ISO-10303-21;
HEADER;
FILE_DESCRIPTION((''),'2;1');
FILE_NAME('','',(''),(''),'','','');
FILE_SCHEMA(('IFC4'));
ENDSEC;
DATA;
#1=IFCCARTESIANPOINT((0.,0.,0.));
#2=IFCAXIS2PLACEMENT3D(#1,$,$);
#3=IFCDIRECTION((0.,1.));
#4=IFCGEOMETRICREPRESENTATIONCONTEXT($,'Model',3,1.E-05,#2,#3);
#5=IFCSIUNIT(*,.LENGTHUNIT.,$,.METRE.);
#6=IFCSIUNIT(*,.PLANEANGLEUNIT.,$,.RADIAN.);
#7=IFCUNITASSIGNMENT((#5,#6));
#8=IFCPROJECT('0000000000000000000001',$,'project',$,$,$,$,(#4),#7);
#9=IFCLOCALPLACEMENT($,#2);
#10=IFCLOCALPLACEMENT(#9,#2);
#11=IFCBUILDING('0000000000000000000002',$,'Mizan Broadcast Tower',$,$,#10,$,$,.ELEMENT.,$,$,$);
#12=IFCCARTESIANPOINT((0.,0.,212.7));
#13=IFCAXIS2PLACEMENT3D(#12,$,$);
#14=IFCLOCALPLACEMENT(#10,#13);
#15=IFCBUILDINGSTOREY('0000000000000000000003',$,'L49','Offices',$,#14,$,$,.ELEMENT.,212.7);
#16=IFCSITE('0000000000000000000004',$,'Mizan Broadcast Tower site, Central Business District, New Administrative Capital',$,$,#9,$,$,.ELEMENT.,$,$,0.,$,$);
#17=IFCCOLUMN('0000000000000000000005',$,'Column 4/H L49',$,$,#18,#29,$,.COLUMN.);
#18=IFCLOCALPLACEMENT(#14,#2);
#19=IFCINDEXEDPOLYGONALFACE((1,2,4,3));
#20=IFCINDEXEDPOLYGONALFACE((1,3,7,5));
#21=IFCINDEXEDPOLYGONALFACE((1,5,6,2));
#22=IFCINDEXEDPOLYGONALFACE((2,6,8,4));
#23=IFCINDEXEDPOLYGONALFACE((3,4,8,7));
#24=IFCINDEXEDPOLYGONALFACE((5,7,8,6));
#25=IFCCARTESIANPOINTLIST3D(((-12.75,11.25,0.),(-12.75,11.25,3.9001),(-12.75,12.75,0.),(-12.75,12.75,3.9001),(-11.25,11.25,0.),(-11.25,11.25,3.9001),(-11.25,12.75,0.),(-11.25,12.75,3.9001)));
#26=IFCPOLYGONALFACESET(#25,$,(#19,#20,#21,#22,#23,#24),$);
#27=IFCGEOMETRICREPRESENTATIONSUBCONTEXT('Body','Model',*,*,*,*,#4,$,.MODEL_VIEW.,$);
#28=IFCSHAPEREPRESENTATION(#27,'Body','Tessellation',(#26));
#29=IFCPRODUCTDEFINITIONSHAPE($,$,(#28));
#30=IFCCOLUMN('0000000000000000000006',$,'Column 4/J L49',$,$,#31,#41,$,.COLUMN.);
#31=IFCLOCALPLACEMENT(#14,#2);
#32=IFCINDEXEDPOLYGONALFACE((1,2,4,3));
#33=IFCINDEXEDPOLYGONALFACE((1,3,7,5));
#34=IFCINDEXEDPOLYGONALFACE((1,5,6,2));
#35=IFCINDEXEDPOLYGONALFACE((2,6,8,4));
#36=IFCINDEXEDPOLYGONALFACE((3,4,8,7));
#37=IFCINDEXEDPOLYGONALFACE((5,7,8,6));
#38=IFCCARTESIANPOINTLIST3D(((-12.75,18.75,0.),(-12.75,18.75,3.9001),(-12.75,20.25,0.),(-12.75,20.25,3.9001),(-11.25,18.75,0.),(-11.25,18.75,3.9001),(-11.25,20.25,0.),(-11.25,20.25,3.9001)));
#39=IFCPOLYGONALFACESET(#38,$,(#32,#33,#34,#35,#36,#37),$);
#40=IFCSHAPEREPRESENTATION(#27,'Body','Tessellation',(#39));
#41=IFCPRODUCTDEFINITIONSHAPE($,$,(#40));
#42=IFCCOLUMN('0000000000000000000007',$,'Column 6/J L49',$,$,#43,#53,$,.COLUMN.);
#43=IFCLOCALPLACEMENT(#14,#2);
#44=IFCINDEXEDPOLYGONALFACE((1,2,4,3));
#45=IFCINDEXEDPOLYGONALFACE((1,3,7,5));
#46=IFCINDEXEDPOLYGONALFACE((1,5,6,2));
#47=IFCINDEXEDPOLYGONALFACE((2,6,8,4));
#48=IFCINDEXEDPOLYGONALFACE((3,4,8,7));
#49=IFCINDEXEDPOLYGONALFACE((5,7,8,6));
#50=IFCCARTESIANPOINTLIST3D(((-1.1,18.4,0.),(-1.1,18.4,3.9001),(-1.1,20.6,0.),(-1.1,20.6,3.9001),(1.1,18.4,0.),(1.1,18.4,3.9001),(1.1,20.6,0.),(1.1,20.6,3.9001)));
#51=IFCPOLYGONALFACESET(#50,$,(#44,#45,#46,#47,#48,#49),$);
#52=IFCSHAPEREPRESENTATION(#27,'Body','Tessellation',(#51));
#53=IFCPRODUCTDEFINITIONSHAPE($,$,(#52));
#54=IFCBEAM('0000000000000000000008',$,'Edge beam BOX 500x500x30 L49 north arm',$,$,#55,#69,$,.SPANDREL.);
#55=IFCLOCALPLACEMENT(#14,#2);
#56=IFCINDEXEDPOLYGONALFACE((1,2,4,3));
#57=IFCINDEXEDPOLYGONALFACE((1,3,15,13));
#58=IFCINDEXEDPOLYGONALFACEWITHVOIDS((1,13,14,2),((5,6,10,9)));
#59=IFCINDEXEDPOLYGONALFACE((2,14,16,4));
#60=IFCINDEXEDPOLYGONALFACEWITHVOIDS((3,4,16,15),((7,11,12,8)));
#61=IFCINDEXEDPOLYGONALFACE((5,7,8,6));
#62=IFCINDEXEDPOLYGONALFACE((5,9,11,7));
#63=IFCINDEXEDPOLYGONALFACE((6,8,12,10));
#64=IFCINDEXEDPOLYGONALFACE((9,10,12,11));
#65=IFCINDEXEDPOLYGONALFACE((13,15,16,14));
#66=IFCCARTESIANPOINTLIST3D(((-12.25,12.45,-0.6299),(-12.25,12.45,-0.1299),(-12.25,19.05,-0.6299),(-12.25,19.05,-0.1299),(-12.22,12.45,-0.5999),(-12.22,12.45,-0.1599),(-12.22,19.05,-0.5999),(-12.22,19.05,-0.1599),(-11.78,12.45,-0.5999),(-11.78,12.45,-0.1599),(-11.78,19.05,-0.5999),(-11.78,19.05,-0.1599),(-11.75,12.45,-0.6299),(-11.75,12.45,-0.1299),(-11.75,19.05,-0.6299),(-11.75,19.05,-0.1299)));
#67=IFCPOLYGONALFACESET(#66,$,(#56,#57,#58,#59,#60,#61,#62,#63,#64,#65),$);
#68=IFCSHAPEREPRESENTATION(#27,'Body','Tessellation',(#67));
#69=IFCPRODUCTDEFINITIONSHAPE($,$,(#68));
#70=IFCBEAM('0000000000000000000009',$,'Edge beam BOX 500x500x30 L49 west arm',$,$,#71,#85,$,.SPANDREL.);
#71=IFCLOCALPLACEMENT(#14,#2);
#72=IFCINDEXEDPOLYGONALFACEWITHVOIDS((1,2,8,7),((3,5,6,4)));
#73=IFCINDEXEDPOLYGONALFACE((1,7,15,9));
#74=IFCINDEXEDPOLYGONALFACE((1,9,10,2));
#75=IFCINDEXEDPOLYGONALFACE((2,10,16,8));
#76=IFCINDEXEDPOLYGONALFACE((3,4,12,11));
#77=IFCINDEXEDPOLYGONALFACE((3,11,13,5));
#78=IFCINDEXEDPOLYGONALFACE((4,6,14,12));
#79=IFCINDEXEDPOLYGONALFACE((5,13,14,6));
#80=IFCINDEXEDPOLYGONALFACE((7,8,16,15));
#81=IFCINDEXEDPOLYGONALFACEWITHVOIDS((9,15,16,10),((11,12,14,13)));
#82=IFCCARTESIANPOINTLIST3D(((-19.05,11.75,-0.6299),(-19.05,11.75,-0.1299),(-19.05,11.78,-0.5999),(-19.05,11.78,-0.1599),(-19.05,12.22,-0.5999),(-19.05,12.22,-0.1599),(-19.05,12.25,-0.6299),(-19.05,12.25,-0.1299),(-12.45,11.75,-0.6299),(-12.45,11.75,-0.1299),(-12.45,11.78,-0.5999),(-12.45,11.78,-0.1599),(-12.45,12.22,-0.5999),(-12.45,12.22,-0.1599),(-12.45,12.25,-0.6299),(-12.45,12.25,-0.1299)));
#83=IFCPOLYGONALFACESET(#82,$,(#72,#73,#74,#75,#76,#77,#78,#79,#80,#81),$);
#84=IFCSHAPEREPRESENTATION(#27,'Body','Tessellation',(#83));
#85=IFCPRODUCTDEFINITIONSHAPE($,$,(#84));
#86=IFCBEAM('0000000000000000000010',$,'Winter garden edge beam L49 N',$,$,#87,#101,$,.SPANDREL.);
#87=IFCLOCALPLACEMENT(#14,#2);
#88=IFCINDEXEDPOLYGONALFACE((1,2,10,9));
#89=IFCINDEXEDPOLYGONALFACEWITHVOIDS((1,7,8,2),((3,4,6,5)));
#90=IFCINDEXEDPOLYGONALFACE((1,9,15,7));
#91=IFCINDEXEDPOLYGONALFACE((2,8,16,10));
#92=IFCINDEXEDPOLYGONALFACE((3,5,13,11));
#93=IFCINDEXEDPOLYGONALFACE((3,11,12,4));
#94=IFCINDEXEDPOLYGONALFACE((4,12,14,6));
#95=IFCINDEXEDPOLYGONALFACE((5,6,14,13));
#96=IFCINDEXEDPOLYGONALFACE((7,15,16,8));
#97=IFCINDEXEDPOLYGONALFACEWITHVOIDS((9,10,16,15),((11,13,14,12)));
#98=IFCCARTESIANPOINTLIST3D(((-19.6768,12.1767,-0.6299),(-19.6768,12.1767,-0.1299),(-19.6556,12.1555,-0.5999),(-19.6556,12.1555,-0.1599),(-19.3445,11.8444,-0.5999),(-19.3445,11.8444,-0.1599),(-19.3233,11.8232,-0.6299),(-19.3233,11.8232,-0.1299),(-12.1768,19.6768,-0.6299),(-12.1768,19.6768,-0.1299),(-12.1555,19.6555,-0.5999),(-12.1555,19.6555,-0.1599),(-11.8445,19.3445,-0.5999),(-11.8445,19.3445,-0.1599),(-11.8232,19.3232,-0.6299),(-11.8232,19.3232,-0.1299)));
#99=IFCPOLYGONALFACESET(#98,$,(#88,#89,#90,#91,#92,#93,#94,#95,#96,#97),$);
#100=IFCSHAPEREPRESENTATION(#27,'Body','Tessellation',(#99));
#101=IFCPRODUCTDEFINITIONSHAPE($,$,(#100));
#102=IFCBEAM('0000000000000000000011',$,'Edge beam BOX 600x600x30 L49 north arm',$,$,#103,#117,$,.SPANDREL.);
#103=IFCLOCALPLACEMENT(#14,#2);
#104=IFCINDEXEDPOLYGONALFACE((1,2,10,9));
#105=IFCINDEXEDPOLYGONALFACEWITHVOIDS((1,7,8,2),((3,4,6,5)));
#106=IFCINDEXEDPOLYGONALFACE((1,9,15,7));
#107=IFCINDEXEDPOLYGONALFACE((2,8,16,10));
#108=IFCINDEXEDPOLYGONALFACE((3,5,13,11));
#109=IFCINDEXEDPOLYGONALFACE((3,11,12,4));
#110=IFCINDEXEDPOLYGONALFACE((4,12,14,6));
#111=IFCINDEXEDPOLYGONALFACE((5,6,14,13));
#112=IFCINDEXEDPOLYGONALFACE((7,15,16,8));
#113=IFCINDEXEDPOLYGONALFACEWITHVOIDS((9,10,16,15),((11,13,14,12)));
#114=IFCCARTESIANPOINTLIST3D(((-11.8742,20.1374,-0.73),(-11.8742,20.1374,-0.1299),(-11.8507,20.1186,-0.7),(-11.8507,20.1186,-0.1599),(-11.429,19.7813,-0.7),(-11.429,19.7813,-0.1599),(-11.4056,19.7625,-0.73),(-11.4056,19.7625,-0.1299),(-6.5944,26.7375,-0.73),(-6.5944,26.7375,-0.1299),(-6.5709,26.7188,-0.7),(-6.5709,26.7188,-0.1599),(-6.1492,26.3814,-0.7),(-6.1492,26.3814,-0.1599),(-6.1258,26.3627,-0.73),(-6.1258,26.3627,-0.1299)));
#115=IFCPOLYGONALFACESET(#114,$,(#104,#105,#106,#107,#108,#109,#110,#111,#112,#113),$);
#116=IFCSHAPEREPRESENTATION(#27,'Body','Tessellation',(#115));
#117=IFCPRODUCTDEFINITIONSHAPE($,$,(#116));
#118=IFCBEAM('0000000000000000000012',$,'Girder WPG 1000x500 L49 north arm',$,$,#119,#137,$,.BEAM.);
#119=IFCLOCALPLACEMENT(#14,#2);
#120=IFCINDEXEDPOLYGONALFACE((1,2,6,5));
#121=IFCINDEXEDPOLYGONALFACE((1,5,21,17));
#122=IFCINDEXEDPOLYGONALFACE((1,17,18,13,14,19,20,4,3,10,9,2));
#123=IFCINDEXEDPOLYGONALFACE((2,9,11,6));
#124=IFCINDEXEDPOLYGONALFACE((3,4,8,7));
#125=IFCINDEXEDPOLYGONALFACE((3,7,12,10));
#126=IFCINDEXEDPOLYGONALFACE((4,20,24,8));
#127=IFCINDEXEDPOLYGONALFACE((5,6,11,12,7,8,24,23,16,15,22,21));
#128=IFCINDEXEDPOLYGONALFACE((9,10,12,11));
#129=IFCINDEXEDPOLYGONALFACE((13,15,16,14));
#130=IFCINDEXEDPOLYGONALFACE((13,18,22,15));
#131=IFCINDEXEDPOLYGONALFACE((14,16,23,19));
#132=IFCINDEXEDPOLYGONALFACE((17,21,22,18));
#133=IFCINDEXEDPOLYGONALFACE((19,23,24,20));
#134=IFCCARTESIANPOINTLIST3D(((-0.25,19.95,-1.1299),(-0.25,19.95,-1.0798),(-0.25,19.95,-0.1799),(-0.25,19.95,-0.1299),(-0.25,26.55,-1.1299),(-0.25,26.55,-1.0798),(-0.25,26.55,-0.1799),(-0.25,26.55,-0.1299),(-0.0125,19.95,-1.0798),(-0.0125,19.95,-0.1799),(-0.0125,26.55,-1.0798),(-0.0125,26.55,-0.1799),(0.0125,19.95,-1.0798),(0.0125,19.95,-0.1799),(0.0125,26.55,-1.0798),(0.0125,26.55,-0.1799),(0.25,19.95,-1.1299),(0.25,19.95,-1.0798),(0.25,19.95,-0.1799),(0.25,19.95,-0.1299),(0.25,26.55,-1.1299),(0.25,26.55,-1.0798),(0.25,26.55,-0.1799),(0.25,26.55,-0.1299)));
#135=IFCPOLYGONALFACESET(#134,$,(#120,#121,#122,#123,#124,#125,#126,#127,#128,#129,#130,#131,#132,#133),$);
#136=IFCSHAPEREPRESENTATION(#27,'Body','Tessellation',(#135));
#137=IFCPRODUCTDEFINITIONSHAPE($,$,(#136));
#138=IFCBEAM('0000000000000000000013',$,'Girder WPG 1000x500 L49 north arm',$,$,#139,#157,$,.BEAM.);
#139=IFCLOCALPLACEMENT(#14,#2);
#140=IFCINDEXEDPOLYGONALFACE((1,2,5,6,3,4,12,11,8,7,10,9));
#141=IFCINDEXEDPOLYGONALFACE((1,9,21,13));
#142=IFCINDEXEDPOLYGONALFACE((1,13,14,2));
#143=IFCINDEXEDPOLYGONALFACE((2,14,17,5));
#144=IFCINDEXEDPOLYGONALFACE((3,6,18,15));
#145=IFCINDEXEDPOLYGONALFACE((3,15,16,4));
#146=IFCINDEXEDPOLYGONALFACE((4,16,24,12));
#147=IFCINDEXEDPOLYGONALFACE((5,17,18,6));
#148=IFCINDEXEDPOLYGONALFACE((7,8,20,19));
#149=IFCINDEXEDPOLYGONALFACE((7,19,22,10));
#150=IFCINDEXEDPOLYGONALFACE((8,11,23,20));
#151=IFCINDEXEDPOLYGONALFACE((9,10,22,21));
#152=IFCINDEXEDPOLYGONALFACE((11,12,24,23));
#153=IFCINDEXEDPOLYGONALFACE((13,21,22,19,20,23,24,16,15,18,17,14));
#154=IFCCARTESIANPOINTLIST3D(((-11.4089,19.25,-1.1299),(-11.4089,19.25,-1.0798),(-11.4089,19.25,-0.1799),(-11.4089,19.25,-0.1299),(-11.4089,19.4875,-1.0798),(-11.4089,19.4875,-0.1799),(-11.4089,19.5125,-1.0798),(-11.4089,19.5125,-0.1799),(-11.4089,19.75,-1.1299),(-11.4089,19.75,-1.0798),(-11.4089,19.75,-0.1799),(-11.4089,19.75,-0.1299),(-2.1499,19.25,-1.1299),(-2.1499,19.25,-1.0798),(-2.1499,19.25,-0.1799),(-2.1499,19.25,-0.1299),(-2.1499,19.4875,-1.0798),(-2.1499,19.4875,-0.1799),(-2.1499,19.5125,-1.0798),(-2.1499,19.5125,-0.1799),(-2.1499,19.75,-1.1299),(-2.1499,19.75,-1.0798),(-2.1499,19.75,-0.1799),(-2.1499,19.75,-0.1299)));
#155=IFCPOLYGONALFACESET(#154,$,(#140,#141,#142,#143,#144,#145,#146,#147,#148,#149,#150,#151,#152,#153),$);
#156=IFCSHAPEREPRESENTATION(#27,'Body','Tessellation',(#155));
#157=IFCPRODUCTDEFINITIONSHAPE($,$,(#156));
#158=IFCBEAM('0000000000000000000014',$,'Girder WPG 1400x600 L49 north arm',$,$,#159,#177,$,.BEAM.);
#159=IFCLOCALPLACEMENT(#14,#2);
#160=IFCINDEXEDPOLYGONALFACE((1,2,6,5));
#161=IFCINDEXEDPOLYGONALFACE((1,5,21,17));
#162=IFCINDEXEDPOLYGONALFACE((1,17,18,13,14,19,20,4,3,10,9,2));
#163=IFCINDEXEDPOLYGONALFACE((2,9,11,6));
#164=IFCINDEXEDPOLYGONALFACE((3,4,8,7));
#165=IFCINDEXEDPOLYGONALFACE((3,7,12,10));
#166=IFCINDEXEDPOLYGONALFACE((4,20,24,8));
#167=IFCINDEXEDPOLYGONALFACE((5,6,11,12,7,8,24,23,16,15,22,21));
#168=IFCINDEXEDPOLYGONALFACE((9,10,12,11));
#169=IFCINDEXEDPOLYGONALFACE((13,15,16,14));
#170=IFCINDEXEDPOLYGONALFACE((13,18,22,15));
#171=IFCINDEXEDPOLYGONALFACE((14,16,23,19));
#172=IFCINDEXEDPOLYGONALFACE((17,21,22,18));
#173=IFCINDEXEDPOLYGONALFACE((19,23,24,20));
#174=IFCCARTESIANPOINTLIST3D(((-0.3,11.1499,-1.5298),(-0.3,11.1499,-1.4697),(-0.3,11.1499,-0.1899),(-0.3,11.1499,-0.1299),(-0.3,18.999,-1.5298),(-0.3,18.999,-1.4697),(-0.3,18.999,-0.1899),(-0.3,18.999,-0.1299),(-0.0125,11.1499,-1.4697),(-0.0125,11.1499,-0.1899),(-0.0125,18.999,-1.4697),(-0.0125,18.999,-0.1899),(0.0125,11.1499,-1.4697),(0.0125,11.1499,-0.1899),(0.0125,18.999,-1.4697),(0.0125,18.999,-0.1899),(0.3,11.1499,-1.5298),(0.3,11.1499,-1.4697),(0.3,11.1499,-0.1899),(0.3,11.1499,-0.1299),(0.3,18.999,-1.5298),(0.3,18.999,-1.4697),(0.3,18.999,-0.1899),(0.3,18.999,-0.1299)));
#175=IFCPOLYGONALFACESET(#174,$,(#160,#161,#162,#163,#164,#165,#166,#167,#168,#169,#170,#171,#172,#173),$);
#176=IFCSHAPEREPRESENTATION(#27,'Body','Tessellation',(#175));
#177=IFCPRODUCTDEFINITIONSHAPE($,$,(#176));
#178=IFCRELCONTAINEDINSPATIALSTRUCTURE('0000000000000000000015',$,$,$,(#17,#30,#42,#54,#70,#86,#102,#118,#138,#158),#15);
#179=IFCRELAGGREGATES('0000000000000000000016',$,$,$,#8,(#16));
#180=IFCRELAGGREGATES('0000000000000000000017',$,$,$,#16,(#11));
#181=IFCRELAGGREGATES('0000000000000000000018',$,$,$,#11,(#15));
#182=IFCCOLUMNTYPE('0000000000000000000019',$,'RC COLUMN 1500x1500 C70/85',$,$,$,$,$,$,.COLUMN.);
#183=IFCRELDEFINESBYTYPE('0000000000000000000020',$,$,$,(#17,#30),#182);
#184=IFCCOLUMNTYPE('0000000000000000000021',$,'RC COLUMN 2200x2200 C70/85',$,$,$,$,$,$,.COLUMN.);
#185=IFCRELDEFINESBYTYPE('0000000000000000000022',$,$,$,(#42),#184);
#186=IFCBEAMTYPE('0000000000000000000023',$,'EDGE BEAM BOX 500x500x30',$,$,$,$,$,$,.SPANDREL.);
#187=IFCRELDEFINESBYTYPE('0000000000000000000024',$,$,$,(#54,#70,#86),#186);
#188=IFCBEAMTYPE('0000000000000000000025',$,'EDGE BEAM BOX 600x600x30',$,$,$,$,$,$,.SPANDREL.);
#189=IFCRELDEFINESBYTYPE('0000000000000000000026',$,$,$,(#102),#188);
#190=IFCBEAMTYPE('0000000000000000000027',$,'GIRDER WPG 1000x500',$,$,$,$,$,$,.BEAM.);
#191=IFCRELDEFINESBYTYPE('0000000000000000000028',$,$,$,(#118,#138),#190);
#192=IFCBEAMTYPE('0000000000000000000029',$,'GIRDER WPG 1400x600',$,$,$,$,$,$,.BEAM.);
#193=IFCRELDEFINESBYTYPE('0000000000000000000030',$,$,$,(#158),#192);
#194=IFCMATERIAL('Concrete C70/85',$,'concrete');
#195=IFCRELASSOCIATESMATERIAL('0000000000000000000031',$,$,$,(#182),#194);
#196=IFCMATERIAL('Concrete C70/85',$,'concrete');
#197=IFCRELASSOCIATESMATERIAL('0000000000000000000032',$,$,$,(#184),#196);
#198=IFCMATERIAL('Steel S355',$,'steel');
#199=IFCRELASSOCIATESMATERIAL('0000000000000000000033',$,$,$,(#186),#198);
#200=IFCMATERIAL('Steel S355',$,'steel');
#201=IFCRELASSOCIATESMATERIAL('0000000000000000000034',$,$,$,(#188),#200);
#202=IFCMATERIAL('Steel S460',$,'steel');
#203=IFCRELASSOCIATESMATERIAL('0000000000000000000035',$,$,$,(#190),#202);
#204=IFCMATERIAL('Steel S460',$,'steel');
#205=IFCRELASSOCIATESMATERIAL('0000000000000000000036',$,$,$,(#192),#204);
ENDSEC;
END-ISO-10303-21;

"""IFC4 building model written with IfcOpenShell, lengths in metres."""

from ifc_helpers import new_model, si_unit, direction, frame, origin, origin_2d, place, context, subcontext, project, spatial, rectangle, hollow_rectangle, i_section, extrude, material, material_profile, profile_set, type_object, element, save


model = new_model("IFC4")

# Units and contexts
model_context = context("Model", 3, precision=1e-05, world=origin(), true_north=direction((0.0, 1.0)))
body_context = subcontext(model_context, "Body", "Model", "MODEL_VIEW")
ifc_project = project(units=[si_unit("LENGTHUNIT", "METRE"), si_unit("PLANEANGLEUNIT", "RADIAN")], contexts=[model_context])

# Site, building, storey
site_placement = place(None, origin())
site = spatial("IfcSite", under=ifc_project, at=site_placement, Name="Mizan Broadcast Tower site, Central Business District, New Administrative Capital", CompositionType="ELEMENT", RefElevation=0.0)
building_placement = place(site_placement, origin())
building = spatial("IfcBuilding", under=site, at=building_placement, Name="Mizan Broadcast Tower", CompositionType="ELEMENT")
storey_placement = place(building_placement, frame((0.0, 0.0, 212.7)))
storey = spatial("IfcBuildingStorey", under=building, at=storey_placement, Name="L49", Description="Offices", CompositionType="ELEMENT", Elevation=212.7)

# Columns
ifc_material_1 = material(Name="Concrete C70/85", Category="concrete")
ifc_material_profile_1 = material_profile(ifc_material_1, rectangle(XDim=1.5, YDim=1.5, at=origin_2d()), Name="RC 1500x1500")
ifc_profile_set_1 = profile_set([ifc_material_profile_1], Name="Concrete C70/85")
column_type_1 = type_object("IfcColumnType", Name="RC COLUMN 1500x1500 C70/85", PredefinedType="COLUMN", material=ifc_profile_set_1)
for number, where, z_axis, x_axis, name in (
    (1, (-12.0, 12.0, 0.0), (0.0, 0.0, 1.0), (1.0, 0.0, 0.0), "Column 4/H L49"),
    (2, (-12.0, 19.5, 0.0), (0.0, 0.0, 1.0), (1.0, 0.0, 0.0), "Column 4/J L49"),
):
    element("IfcColumn", number, at=place(storey_placement, frame(where, z_axis=z_axis, x_axis=x_axis)), inside=storey, type_object=column_type_1, Name=name, PredefinedType="COLUMN", context=body_context, shape_type="SweptSolid", body=[
        extrude(rectangle(XDim=1.5, YDim=1.5, at=origin_2d()), origin(), (0.0, 0.0, 1.0), 3.9001),
    ])
ifc_material_2 = material(Name="Concrete C70/85", Category="concrete")
ifc_material_profile_2 = material_profile(ifc_material_2, rectangle(XDim=2.2, YDim=2.2, at=origin_2d()), Name="RC 2200x2200")
ifc_profile_set_2 = profile_set([ifc_material_profile_2], Name="Concrete C70/85")
column_type_2 = type_object("IfcColumnType", Name="RC COLUMN 2200x2200 C70/85", PredefinedType="COLUMN", material=ifc_profile_set_2)
column_placement = place(storey_placement, frame((0.0, 19.5, 0.0), z_axis=(0.0, 0.0, 1.0), x_axis=(1.0, 0.0, 0.0)))
element("IfcColumn", 3, at=column_placement, inside=storey, type_object=column_type_2, Name="Column 6/J L49", PredefinedType="COLUMN", context=body_context, shape_type="SweptSolid", body=[
    extrude(rectangle(XDim=2.2, YDim=2.2, at=origin_2d()), origin(), (0.0, 0.0, 1.0), 3.9001),
])

# Beams
ifc_material_3 = material(Name="Steel S355", Category="steel")
ifc_material_profile_3 = material_profile(ifc_material_3, hollow_rectangle(XDim=0.5, YDim=0.5, WallThickness=0.03, at=origin_2d()), Name="BOX 500x500x30")
ifc_profile_set_3 = profile_set([ifc_material_profile_3], Name="Steel S355")
beam_type_1 = type_object("IfcBeamType", Name="EDGE BEAM BOX 500x500x30", PredefinedType="SPANDREL", material=ifc_profile_set_3)
for number, where, z_axis, x_axis, name in (
    (4, (-12.0, 12.45, -0.3799), (0.0, 1.0, 0.0), (-1.0, 0.0, 0.0), "Edge beam BOX 500x500x30 L49 north arm"),
    (5, (-12.45, 12.0, -0.3799), (-1.0, 0.0, 0.0), (0.0, -1.0, 0.0), "Edge beam BOX 500x500x30 L49 west arm"),
):
    element("IfcBeam", number, at=place(storey_placement, frame(where, z_axis=z_axis, x_axis=x_axis)), inside=storey, type_object=beam_type_1, Name=name, PredefinedType="SPANDREL", context=body_context, shape_type="SweptSolid", body=[
        extrude(hollow_rectangle(XDim=0.5, YDim=0.5, WallThickness=0.03, at=origin_2d()), origin(), (0.0, 0.0, 1.0), 6.6001),
    ])
beam_1_placement = place(storey_placement, frame((-12.0, 19.5, -0.3799), z_axis=(-0.707107, -0.707107, 0.0), x_axis=(0.707107, -0.707107, 0.0)))
element("IfcBeam", 6, at=beam_1_placement, inside=storey, type_object=beam_type_1, Name="Winter garden edge beam L49 N", PredefinedType="SPANDREL", context=body_context, shape_type="SweptSolid", body=[
    extrude(hollow_rectangle(XDim=0.5, YDim=0.5, WallThickness=0.03, at=origin_2d()), origin(), (0.0, 0.0, 1.0), 10.6067),
])
ifc_material_4 = material(Name="Steel S355", Category="steel")
ifc_material_profile_4 = material_profile(ifc_material_4, hollow_rectangle(XDim=0.6001, YDim=0.6001, WallThickness=0.03, at=origin_2d()), Name="BOX 600x600x30")
ifc_profile_set_4 = profile_set([ifc_material_profile_4], Name="Steel S355")
beam_type_2 = type_object("IfcBeamType", Name="EDGE BEAM BOX 600x600x30", PredefinedType="SPANDREL", material=ifc_profile_set_4)
beam_2_placement = place(storey_placement, frame((-11.6399, 19.95, -0.4299), z_axis=(0.624674, 0.780886, 0.0), x_axis=(-0.780886, 0.624674, 0.0)))
element("IfcBeam", 7, at=beam_2_placement, inside=storey, type_object=beam_type_2, Name="Edge beam BOX 600x600x30 L49 north arm", PredefinedType="SPANDREL", context=body_context, shape_type="SweptSolid", body=[
    extrude(hollow_rectangle(XDim=0.6001, YDim=0.6001, WallThickness=0.03, at=origin_2d()), origin(), (0.0, 0.0, 1.0), 8.4521),
])
ifc_material_5 = material(Name="Steel S460", Category="steel")
ifc_material_profile_5 = material_profile(ifc_material_5, i_section(OverallWidth=0.5, OverallDepth=1.0, WebThickness=0.0249, FlangeThickness=0.05, at=origin_2d()), Name="WPG 1000x500")
ifc_profile_set_5 = profile_set([ifc_material_profile_5], Name="Steel S460")
beam_type_3 = type_object("IfcBeamType", Name="GIRDER WPG 1000x500", PredefinedType="BEAM", material=ifc_profile_set_5)
beam_3_placement = place(storey_placement, frame((0.0, 19.95, -0.6299), z_axis=(0.0, 1.0, 0.0), x_axis=(-1.0, 0.0, 0.0)))
element("IfcBeam", 8, at=beam_3_placement, inside=storey, type_object=beam_type_3, Name="Girder WPG 1000x500 L49 north arm", PredefinedType="BEAM", context=body_context, shape_type="SweptSolid", body=[
    extrude(i_section(OverallWidth=0.5, OverallDepth=1.0, WebThickness=0.0249, FlangeThickness=0.05, at=origin_2d()), origin(), (0.0, 0.0, 1.0), 6.6001),
])
beam_4_placement = place(storey_placement, frame((-11.4089, 19.5, -0.6299), z_axis=(1.0, 0.0, 0.0), x_axis=(0.0, 1.0, 0.0)))
element("IfcBeam", 9, at=beam_4_placement, inside=storey, type_object=beam_type_3, Name="Girder WPG 1000x500 L49 north arm", PredefinedType="BEAM", context=body_context, shape_type="SweptSolid", body=[
    extrude(i_section(OverallWidth=0.5, OverallDepth=1.0, WebThickness=0.0249, FlangeThickness=0.05, at=origin_2d()), origin(), (0.0, 0.0, 1.0), 9.259),
])
ifc_material_6 = material(Name="Steel S460", Category="steel")
ifc_material_profile_6 = material_profile(ifc_material_6, i_section(OverallWidth=0.6001, OverallDepth=1.3999, WebThickness=0.0249, FlangeThickness=0.0601, at=origin_2d()), Name="WPG 1400x600")
ifc_profile_set_6 = profile_set([ifc_material_profile_6], Name="Steel S460")
beam_type_4 = type_object("IfcBeamType", Name="GIRDER WPG 1400x600", PredefinedType="BEAM", material=ifc_profile_set_6)
for number, where, z_axis, x_axis, name in (
    (10, (0.0, 11.1499, -0.8298), (0.0, 1.0, 0.0), (-1.0, 0.0, 0.0), "Girder WPG 1400x600 L49 north arm"),
):
    element("IfcBeam", number, at=place(storey_placement, frame(where, z_axis=z_axis, x_axis=x_axis)), inside=storey, type_object=beam_type_4, Name=name, PredefinedType="BEAM", context=body_context, shape_type="SweptSolid", body=[
        extrude(i_section(OverallWidth=0.6001, OverallDepth=1.3999, WebThickness=0.0249, FlangeThickness=0.0601, at=origin_2d()), origin(), (0.0, 0.0, 1.0), 7.8491),
    ])

save(model, "model.ifc")
